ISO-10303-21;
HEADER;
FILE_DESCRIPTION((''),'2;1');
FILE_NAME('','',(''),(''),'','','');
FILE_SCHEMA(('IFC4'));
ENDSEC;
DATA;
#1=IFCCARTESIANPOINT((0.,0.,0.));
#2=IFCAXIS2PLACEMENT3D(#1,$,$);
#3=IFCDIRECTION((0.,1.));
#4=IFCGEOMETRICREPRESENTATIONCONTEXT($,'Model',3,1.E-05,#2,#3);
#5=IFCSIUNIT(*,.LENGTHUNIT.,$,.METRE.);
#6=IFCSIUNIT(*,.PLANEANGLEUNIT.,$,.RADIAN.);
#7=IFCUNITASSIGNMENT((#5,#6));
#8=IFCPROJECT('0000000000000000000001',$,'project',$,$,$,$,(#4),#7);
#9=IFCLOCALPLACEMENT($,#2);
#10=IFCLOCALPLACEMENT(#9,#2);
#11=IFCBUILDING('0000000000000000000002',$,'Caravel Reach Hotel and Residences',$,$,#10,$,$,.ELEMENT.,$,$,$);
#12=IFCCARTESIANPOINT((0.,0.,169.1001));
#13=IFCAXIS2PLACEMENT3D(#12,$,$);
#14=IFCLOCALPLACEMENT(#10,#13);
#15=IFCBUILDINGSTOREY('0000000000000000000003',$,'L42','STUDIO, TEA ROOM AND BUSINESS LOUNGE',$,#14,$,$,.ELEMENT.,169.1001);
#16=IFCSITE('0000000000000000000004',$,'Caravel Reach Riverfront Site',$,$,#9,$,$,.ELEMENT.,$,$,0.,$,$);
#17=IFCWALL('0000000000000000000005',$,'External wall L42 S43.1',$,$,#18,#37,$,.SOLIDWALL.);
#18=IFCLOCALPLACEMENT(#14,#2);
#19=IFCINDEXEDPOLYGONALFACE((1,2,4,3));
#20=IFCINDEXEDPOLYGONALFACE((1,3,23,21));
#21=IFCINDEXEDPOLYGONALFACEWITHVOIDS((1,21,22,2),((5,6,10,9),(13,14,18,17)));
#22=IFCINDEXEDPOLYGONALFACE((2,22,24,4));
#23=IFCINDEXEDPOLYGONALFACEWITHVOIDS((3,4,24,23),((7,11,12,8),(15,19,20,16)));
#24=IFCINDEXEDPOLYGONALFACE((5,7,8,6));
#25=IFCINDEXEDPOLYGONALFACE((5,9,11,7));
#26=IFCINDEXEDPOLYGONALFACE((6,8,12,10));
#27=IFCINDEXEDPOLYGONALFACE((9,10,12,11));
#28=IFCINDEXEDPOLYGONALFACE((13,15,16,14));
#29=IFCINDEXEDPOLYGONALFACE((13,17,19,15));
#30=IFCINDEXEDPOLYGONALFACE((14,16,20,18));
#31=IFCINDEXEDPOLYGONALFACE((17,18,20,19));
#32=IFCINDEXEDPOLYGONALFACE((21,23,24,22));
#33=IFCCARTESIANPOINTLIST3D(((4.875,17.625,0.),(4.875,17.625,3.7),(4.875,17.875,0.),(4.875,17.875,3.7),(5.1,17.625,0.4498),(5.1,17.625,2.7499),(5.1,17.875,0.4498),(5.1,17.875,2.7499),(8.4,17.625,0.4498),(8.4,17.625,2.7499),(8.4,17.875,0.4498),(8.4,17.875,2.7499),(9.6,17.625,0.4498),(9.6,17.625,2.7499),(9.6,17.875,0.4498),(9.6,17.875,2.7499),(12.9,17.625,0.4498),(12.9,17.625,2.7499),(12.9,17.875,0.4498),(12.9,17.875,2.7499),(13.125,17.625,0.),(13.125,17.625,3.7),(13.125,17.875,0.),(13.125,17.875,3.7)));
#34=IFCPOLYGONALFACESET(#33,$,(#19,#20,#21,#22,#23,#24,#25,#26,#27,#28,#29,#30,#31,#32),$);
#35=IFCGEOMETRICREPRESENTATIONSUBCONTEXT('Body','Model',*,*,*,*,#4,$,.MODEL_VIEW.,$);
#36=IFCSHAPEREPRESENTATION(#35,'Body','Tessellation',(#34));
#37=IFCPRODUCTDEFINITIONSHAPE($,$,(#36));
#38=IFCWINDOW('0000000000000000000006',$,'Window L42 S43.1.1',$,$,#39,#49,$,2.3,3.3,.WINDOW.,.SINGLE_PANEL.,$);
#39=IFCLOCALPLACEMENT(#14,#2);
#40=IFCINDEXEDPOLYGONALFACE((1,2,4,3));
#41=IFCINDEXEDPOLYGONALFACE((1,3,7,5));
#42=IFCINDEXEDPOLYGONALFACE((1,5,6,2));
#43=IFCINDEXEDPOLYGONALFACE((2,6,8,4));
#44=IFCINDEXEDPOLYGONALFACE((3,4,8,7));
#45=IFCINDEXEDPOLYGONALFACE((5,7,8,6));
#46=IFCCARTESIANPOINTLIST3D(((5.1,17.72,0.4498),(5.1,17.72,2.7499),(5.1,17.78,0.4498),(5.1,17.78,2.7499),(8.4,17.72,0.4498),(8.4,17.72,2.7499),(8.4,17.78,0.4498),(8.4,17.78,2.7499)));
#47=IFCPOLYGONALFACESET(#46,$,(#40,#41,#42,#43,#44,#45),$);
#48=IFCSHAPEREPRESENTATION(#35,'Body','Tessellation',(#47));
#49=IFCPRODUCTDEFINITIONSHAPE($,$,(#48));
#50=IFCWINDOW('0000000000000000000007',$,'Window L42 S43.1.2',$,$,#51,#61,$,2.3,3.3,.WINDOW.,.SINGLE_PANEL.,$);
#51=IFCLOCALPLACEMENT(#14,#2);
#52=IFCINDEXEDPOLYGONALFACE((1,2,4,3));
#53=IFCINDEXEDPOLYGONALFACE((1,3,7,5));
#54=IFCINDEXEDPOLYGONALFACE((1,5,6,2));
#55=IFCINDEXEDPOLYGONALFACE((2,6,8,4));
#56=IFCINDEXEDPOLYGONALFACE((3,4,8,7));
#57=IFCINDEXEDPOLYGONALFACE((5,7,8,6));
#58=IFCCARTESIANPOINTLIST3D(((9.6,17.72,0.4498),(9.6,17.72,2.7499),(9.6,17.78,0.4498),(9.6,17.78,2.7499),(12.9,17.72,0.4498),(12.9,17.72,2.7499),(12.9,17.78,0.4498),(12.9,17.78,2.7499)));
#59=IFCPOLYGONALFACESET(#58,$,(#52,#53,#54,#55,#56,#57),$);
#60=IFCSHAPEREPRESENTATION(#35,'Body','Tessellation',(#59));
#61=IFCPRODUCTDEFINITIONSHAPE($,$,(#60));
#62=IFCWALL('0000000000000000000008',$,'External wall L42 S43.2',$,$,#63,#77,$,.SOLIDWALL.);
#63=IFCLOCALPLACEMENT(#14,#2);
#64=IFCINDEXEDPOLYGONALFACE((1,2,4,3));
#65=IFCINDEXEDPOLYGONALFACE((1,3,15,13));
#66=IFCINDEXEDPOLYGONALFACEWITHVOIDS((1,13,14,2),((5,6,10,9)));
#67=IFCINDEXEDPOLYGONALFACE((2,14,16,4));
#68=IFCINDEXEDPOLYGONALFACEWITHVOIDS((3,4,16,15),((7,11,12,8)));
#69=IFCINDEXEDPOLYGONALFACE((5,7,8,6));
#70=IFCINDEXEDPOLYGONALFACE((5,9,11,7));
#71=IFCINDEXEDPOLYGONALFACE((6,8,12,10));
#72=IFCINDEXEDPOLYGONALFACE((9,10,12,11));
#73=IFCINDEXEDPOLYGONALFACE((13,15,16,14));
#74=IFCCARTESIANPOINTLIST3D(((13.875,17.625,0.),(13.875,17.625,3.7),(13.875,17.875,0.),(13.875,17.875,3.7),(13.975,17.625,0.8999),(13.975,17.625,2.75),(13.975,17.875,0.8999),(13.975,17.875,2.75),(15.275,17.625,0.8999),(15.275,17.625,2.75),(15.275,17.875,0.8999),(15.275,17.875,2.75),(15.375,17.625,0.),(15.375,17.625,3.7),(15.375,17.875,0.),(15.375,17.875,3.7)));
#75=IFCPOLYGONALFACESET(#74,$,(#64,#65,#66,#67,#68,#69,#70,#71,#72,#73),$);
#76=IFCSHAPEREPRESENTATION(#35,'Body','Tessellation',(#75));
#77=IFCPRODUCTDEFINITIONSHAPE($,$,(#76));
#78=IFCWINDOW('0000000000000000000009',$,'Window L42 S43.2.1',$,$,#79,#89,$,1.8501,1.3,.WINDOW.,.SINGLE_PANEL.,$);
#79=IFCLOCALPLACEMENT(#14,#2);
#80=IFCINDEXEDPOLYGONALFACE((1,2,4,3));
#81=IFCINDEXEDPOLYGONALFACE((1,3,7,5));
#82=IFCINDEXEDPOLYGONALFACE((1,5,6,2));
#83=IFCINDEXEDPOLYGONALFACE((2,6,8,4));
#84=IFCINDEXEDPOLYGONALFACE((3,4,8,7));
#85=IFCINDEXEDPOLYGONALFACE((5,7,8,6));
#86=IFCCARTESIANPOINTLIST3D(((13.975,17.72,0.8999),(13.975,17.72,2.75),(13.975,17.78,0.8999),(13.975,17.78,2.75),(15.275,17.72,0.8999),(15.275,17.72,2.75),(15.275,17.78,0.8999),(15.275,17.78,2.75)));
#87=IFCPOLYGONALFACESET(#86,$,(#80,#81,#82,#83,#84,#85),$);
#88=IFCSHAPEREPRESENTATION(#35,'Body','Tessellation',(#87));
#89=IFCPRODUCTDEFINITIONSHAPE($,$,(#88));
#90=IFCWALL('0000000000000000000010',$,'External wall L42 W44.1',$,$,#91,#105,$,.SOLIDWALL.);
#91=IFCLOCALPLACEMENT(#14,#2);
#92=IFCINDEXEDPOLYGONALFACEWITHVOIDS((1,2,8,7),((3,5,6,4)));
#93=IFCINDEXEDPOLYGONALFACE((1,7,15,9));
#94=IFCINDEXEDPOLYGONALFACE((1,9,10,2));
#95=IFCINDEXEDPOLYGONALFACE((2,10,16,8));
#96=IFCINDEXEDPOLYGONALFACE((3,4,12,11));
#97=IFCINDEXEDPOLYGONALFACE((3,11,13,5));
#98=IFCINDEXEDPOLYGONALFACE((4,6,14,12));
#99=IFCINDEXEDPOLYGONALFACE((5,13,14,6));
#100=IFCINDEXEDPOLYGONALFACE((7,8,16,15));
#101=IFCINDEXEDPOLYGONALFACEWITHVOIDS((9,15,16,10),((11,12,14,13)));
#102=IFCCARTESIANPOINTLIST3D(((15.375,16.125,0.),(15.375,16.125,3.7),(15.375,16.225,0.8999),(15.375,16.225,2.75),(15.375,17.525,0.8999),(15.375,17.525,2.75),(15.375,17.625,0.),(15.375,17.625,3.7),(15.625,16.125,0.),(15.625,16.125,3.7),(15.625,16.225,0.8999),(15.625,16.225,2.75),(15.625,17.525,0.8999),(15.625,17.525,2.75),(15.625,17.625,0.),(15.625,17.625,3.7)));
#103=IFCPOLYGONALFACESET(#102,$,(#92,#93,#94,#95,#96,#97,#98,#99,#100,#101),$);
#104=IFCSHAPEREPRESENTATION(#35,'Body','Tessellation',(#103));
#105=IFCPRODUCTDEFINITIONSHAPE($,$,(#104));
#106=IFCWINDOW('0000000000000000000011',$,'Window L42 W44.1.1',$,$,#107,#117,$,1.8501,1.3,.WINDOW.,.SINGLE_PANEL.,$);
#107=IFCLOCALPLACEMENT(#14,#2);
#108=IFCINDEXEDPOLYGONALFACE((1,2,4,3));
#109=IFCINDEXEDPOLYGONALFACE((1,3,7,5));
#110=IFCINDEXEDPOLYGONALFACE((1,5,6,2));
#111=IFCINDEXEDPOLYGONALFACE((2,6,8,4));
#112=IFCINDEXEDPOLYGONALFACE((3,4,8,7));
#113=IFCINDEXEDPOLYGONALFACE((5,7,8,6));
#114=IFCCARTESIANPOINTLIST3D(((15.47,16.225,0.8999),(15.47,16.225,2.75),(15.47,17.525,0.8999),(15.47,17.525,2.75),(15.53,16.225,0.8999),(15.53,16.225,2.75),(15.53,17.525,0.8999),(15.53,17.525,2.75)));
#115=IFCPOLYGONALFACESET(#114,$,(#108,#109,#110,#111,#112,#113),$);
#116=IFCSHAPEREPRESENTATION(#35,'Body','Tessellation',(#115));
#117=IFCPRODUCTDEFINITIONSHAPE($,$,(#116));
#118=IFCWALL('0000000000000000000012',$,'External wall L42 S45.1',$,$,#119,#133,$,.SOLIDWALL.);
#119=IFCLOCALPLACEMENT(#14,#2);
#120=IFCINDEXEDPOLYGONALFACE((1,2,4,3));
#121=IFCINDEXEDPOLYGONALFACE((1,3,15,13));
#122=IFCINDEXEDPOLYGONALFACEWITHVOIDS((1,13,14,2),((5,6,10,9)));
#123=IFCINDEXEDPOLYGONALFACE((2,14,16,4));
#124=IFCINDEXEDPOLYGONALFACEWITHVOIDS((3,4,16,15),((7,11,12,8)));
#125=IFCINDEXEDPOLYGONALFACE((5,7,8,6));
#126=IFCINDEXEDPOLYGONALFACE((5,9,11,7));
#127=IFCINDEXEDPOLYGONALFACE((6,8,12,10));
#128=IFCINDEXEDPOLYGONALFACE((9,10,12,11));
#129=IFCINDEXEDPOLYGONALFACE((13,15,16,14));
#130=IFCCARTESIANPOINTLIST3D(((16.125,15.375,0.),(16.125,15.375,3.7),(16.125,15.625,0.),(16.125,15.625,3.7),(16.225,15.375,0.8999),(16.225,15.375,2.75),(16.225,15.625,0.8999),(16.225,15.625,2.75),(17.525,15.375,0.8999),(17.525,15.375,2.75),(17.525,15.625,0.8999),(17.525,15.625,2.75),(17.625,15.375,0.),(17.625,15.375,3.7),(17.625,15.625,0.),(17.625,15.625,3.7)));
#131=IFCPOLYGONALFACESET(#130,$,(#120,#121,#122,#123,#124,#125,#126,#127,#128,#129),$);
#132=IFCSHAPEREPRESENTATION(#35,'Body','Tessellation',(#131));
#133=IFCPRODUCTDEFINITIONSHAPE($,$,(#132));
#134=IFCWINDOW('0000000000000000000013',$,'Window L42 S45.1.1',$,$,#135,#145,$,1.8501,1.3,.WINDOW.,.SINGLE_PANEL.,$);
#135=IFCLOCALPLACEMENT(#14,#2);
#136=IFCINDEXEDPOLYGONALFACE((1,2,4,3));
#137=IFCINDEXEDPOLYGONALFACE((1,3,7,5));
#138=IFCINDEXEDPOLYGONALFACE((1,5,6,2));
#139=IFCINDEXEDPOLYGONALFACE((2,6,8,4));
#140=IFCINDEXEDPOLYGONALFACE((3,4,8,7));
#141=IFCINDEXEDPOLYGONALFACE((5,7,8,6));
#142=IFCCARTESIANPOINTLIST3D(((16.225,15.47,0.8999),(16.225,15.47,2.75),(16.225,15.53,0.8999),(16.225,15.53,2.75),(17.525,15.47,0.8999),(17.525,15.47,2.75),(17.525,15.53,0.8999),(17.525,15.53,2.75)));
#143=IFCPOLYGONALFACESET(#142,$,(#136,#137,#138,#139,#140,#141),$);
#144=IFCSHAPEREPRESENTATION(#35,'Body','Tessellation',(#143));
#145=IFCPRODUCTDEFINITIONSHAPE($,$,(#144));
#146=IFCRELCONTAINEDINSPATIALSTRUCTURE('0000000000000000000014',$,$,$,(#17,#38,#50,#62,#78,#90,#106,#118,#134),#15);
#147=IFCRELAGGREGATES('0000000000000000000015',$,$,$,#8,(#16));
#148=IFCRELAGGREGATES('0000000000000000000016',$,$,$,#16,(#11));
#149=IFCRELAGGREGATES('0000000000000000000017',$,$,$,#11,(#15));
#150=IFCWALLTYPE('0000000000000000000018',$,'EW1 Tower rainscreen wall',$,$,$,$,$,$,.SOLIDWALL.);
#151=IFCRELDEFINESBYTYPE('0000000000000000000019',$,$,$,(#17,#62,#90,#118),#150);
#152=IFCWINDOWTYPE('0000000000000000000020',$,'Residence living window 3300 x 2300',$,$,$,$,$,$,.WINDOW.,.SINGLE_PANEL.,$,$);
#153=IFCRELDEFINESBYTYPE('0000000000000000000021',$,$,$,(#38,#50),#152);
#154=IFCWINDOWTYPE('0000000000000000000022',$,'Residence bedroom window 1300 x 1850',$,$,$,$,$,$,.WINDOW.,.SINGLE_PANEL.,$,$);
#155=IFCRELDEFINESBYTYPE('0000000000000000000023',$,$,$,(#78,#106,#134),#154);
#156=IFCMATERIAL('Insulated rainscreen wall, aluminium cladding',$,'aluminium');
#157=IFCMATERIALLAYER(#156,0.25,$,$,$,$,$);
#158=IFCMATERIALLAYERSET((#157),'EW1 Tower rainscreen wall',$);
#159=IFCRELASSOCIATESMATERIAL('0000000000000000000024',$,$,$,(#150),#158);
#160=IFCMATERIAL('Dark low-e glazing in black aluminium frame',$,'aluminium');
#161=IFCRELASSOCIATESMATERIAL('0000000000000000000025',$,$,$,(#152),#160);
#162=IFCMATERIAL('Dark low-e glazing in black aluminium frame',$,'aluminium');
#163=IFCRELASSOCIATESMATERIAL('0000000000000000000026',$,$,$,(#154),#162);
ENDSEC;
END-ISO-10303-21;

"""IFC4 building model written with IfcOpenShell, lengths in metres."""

from ifc_helpers import new_model, si_unit, direction, frame, frame_2d, origin, place, context, subcontext, project, spatial, rectangle, extrude, material, layer, layer_set, type_object, element, fill, save


model = new_model("IFC4")

# Units and contexts
model_context = context("Model", 3, precision=1e-05, world=origin(), true_north=direction((0.0, 1.0)))
body_context = subcontext(model_context, "Body", "Model", "MODEL_VIEW")
ifc_project = project(units=[si_unit("LENGTHUNIT", "METRE"), si_unit("PLANEANGLEUNIT", "RADIAN")], contexts=[model_context])

# Site, building, storey
site_placement = place(None, origin())
site = spatial("IfcSite", under=ifc_project, at=site_placement, Name="Caravel Reach Riverfront Site", CompositionType="ELEMENT", RefElevation=0.0)
building_placement = place(site_placement, origin())
building = spatial("IfcBuilding", under=site, at=building_placement, Name="Caravel Reach Hotel and Residences", CompositionType="ELEMENT")
storey_placement = place(building_placement, frame((0.0, 0.0, 169.1001)))
storey = spatial("IfcBuildingStorey", under=building, at=storey_placement, Name="L42", Description="STUDIO, TEA ROOM AND BUSINESS LOUNGE", CompositionType="ELEMENT", Elevation=169.1001)

# Wall, openings, windows
ifc_material_1 = material(Name="Insulated rainscreen wall, aluminium cladding", Category="aluminium")
ifc_layer_1 = layer(ifc_material_1, 0.25)
ifc_layer_set_1 = layer_set([ifc_layer_1], Name="EW1 Tower rainscreen wall")
wall_type_1 = type_object("IfcWallType", Name="EW1 Tower rainscreen wall", PredefinedType="SOLIDWALL", material=ifc_layer_set_1)
wall_1_placement = place(storey_placement, frame((4.875, 17.75, 0.0), z_axis=(0.0, 0.0, 1.0), x_axis=(1.0, 0.0, 0.0)))
wall_1 = element("IfcWall", 1, at=wall_1_placement, inside=storey, type_object=wall_type_1, Name="External wall L42 S43.1", PredefinedType="SOLIDWALL", context=body_context, shape_type="SweptSolid", body=[
    extrude(rectangle(XDim=8.25, YDim=0.25, at=frame_2d((4.125, 0.0))), origin(), (0.0, 0.0, 1.0), 3.7),
])
opening_1_placement = place(wall_1_placement, frame((0.2251, 0.0, 0.45)))
opening_1 = element("IfcOpeningElement", 2, at=opening_1_placement, cuts=wall_1, PredefinedType="OPENING", context=body_context, shape_type="SweptSolid", body=[
    extrude(rectangle(XDim=3.3, YDim=2.3, at=frame_2d((1.6499, 1.1499))), frame((0.0, 0.135, 0.0), z_axis=(0.0, -1.0, 0.0), x_axis=(1.0, 0.0, 0.0)), (0.0, 0.0, 1.0), 0.27),
])
opening_2_placement = place(wall_1_placement, frame((4.7251, 0.0, 0.45)))
opening_2 = element("IfcOpeningElement", 3, at=opening_2_placement, cuts=wall_1, PredefinedType="OPENING", context=body_context, shape_type="SweptSolid", body=[
    extrude(rectangle(XDim=3.3, YDim=2.3, at=frame_2d((1.6499, 1.1499))), frame((0.0, 0.135, 0.0), z_axis=(0.0, -1.0, 0.0), x_axis=(1.0, 0.0, 0.0)), (0.0, 0.0, 1.0), 0.27),
])
ifc_material_2 = material(Name="Dark low-e glazing in black aluminium frame", Category="aluminium")
window_type_1 = type_object("IfcWindowType", Name="Residence living window 3300 x 2300", PartitioningType="SINGLE_PANEL", PredefinedType="WINDOW", material=ifc_material_2)
window_1_placement = place(opening_1_placement, origin())
window_1 = element("IfcWindow", 4, at=window_1_placement, inside=storey, type_object=window_type_1, Name="Window L42 S43.1.1", OverallHeight=2.3, OverallWidth=3.3, PartitioningType="SINGLE_PANEL", PredefinedType="WINDOW", context=body_context, shape_type="SweptSolid", body=[
    extrude(rectangle(XDim=3.3, YDim=2.3, at=frame_2d((1.6499, 1.1499))), frame((0.0, 0.03, 0.0), z_axis=(0.0, -1.0, 0.0), x_axis=(1.0, 0.0, 0.0)), (0.0, 0.0, 1.0), 0.0601),
])
fill(opening_1, window_1)
window_2_placement = place(opening_2_placement, origin())
window_2 = element("IfcWindow", 5, at=window_2_placement, inside=storey, type_object=window_type_1, Name="Window L42 S43.1.2", OverallHeight=2.3, OverallWidth=3.3, PartitioningType="SINGLE_PANEL", PredefinedType="WINDOW", context=body_context, shape_type="SweptSolid", body=[
    extrude(rectangle(XDim=3.3, YDim=2.3, at=frame_2d((1.6499, 1.1499))), frame((0.0, 0.03, 0.0), z_axis=(0.0, -1.0, 0.0), x_axis=(1.0, 0.0, 0.0)), (0.0, 0.0, 1.0), 0.0601),
])
fill(opening_2, window_2)

# Walls, openings, windows
wall_2_placement = place(storey_placement, frame((13.875, 17.75, 0.0), z_axis=(0.0, 0.0, 1.0), x_axis=(1.0, 0.0, 0.0)))
wall_2 = element("IfcWall", 6, at=wall_2_placement, inside=storey, type_object=wall_type_1, Name="External wall L42 S43.2", PredefinedType="SOLIDWALL", context=body_context, shape_type="SweptSolid", body=[
    extrude(rectangle(XDim=1.5, YDim=0.25, at=frame_2d((0.75, 0.0))), origin(), (0.0, 0.0, 1.0), 3.7),
])
opening_3_placement = place(wall_2_placement, frame((0.1001, 0.0, 0.8999)))
opening_3 = element("IfcOpeningElement", 7, at=opening_3_placement, cuts=wall_2, PredefinedType="OPENING", context=body_context, shape_type="SweptSolid", body=[
    extrude(rectangle(XDim=1.3, YDim=1.8501, at=frame_2d((0.6499, 0.925))), frame((0.0, 0.135, 0.0), z_axis=(0.0, -1.0, 0.0), x_axis=(1.0, 0.0, 0.0)), (0.0, 0.0, 1.0), 0.27),
])
ifc_material_3 = material(Name="Dark low-e glazing in black aluminium frame", Category="aluminium")
window_type_2 = type_object("IfcWindowType", Name="Residence bedroom window 1300 x 1850", PartitioningType="SINGLE_PANEL", PredefinedType="WINDOW", material=ifc_material_3)
window_3_placement = place(opening_3_placement, origin())
window_3 = element("IfcWindow", 8, at=window_3_placement, inside=storey, type_object=window_type_2, Name="Window L42 S43.2.1", OverallHeight=1.8501, OverallWidth=1.3, PartitioningType="SINGLE_PANEL", PredefinedType="WINDOW", context=body_context, shape_type="SweptSolid", body=[
    extrude(rectangle(XDim=1.3, YDim=1.8501, at=frame_2d((0.6499, 0.925))), frame((0.0, 0.03, 0.0), z_axis=(0.0, -1.0, 0.0), x_axis=(1.0, 0.0, 0.0)), (0.0, 0.0, 1.0), 0.0601),
])
fill(opening_3, window_3)
wall_3_placement = place(storey_placement, frame((15.5, 17.625, 0.0), z_axis=(0.0, 0.0, 1.0), x_axis=(0.0, -1.0, 0.0)))
wall_3 = element("IfcWall", 9, at=wall_3_placement, inside=storey, type_object=wall_type_1, Name="External wall L42 W44.1", PredefinedType="SOLIDWALL", context=body_context, shape_type="SweptSolid", body=[
    extrude(rectangle(XDim=1.5, YDim=0.25, at=frame_2d((0.75, 0.0))), origin(), (0.0, 0.0, 1.0), 3.7),
])
opening_4_placement = place(wall_3_placement, frame((0.1001, 0.0, 0.8999)))
opening_4 = element("IfcOpeningElement", 10, at=opening_4_placement, cuts=wall_3, PredefinedType="OPENING", context=body_context, shape_type="SweptSolid", body=[
    extrude(rectangle(XDim=1.3, YDim=1.8501, at=frame_2d((0.6499, 0.925))), frame((0.0, 0.135, 0.0), z_axis=(0.0, -1.0, 0.0), x_axis=(1.0, 0.0, 0.0)), (0.0, 0.0, 1.0), 0.27),
])
window_4_placement = place(opening_4_placement, origin())
window_4 = element("IfcWindow", 11, at=window_4_placement, inside=storey, type_object=window_type_2, Name="Window L42 W44.1.1", OverallHeight=1.8501, OverallWidth=1.3, PartitioningType="SINGLE_PANEL", PredefinedType="WINDOW", context=body_context, shape_type="SweptSolid", body=[
    extrude(rectangle(XDim=1.3, YDim=1.8501, at=frame_2d((0.6499, 0.925))), frame((0.0, 0.03, 0.0), z_axis=(0.0, -1.0, 0.0), x_axis=(1.0, 0.0, 0.0)), (0.0, 0.0, 1.0), 0.0601),
])
fill(opening_4, window_4)
wall_4_placement = place(storey_placement, frame((16.125, 15.5, 0.0), z_axis=(0.0, 0.0, 1.0), x_axis=(1.0, 0.0, 0.0)))
wall_4 = element("IfcWall", 12, at=wall_4_placement, inside=storey, type_object=wall_type_1, Name="External wall L42 S45.1", PredefinedType="SOLIDWALL", context=body_context, shape_type="SweptSolid", body=[
    extrude(rectangle(XDim=1.5, YDim=0.25, at=frame_2d((0.75, 0.0))), origin(), (0.0, 0.0, 1.0), 3.7),
])
opening_5_placement = place(wall_4_placement, frame((0.1001, 0.0, 0.8999)))
opening_5 = element("IfcOpeningElement", 13, at=opening_5_placement, cuts=wall_4, PredefinedType="OPENING", context=body_context, shape_type="SweptSolid", body=[
    extrude(rectangle(XDim=1.3, YDim=1.8501, at=frame_2d((0.6499, 0.925))), frame((0.0, 0.135, 0.0), z_axis=(0.0, -1.0, 0.0), x_axis=(1.0, 0.0, 0.0)), (0.0, 0.0, 1.0), 0.27),
])
window_5_placement = place(opening_5_placement, origin())
window_5 = element("IfcWindow", 14, at=window_5_placement, inside=storey, type_object=window_type_2, Name="Window L42 S45.1.1", OverallHeight=1.8501, OverallWidth=1.3, PartitioningType="SINGLE_PANEL", PredefinedType="WINDOW", context=body_context, shape_type="SweptSolid", body=[
    extrude(rectangle(XDim=1.3, YDim=1.8501, at=frame_2d((0.6499, 0.925))), frame((0.0, 0.03, 0.0), z_axis=(0.0, -1.0, 0.0), x_axis=(1.0, 0.0, 0.0)), (0.0, 0.0, 1.0), 0.0601),
])
fill(opening_5, window_5)

save(model, "model.ifc")
